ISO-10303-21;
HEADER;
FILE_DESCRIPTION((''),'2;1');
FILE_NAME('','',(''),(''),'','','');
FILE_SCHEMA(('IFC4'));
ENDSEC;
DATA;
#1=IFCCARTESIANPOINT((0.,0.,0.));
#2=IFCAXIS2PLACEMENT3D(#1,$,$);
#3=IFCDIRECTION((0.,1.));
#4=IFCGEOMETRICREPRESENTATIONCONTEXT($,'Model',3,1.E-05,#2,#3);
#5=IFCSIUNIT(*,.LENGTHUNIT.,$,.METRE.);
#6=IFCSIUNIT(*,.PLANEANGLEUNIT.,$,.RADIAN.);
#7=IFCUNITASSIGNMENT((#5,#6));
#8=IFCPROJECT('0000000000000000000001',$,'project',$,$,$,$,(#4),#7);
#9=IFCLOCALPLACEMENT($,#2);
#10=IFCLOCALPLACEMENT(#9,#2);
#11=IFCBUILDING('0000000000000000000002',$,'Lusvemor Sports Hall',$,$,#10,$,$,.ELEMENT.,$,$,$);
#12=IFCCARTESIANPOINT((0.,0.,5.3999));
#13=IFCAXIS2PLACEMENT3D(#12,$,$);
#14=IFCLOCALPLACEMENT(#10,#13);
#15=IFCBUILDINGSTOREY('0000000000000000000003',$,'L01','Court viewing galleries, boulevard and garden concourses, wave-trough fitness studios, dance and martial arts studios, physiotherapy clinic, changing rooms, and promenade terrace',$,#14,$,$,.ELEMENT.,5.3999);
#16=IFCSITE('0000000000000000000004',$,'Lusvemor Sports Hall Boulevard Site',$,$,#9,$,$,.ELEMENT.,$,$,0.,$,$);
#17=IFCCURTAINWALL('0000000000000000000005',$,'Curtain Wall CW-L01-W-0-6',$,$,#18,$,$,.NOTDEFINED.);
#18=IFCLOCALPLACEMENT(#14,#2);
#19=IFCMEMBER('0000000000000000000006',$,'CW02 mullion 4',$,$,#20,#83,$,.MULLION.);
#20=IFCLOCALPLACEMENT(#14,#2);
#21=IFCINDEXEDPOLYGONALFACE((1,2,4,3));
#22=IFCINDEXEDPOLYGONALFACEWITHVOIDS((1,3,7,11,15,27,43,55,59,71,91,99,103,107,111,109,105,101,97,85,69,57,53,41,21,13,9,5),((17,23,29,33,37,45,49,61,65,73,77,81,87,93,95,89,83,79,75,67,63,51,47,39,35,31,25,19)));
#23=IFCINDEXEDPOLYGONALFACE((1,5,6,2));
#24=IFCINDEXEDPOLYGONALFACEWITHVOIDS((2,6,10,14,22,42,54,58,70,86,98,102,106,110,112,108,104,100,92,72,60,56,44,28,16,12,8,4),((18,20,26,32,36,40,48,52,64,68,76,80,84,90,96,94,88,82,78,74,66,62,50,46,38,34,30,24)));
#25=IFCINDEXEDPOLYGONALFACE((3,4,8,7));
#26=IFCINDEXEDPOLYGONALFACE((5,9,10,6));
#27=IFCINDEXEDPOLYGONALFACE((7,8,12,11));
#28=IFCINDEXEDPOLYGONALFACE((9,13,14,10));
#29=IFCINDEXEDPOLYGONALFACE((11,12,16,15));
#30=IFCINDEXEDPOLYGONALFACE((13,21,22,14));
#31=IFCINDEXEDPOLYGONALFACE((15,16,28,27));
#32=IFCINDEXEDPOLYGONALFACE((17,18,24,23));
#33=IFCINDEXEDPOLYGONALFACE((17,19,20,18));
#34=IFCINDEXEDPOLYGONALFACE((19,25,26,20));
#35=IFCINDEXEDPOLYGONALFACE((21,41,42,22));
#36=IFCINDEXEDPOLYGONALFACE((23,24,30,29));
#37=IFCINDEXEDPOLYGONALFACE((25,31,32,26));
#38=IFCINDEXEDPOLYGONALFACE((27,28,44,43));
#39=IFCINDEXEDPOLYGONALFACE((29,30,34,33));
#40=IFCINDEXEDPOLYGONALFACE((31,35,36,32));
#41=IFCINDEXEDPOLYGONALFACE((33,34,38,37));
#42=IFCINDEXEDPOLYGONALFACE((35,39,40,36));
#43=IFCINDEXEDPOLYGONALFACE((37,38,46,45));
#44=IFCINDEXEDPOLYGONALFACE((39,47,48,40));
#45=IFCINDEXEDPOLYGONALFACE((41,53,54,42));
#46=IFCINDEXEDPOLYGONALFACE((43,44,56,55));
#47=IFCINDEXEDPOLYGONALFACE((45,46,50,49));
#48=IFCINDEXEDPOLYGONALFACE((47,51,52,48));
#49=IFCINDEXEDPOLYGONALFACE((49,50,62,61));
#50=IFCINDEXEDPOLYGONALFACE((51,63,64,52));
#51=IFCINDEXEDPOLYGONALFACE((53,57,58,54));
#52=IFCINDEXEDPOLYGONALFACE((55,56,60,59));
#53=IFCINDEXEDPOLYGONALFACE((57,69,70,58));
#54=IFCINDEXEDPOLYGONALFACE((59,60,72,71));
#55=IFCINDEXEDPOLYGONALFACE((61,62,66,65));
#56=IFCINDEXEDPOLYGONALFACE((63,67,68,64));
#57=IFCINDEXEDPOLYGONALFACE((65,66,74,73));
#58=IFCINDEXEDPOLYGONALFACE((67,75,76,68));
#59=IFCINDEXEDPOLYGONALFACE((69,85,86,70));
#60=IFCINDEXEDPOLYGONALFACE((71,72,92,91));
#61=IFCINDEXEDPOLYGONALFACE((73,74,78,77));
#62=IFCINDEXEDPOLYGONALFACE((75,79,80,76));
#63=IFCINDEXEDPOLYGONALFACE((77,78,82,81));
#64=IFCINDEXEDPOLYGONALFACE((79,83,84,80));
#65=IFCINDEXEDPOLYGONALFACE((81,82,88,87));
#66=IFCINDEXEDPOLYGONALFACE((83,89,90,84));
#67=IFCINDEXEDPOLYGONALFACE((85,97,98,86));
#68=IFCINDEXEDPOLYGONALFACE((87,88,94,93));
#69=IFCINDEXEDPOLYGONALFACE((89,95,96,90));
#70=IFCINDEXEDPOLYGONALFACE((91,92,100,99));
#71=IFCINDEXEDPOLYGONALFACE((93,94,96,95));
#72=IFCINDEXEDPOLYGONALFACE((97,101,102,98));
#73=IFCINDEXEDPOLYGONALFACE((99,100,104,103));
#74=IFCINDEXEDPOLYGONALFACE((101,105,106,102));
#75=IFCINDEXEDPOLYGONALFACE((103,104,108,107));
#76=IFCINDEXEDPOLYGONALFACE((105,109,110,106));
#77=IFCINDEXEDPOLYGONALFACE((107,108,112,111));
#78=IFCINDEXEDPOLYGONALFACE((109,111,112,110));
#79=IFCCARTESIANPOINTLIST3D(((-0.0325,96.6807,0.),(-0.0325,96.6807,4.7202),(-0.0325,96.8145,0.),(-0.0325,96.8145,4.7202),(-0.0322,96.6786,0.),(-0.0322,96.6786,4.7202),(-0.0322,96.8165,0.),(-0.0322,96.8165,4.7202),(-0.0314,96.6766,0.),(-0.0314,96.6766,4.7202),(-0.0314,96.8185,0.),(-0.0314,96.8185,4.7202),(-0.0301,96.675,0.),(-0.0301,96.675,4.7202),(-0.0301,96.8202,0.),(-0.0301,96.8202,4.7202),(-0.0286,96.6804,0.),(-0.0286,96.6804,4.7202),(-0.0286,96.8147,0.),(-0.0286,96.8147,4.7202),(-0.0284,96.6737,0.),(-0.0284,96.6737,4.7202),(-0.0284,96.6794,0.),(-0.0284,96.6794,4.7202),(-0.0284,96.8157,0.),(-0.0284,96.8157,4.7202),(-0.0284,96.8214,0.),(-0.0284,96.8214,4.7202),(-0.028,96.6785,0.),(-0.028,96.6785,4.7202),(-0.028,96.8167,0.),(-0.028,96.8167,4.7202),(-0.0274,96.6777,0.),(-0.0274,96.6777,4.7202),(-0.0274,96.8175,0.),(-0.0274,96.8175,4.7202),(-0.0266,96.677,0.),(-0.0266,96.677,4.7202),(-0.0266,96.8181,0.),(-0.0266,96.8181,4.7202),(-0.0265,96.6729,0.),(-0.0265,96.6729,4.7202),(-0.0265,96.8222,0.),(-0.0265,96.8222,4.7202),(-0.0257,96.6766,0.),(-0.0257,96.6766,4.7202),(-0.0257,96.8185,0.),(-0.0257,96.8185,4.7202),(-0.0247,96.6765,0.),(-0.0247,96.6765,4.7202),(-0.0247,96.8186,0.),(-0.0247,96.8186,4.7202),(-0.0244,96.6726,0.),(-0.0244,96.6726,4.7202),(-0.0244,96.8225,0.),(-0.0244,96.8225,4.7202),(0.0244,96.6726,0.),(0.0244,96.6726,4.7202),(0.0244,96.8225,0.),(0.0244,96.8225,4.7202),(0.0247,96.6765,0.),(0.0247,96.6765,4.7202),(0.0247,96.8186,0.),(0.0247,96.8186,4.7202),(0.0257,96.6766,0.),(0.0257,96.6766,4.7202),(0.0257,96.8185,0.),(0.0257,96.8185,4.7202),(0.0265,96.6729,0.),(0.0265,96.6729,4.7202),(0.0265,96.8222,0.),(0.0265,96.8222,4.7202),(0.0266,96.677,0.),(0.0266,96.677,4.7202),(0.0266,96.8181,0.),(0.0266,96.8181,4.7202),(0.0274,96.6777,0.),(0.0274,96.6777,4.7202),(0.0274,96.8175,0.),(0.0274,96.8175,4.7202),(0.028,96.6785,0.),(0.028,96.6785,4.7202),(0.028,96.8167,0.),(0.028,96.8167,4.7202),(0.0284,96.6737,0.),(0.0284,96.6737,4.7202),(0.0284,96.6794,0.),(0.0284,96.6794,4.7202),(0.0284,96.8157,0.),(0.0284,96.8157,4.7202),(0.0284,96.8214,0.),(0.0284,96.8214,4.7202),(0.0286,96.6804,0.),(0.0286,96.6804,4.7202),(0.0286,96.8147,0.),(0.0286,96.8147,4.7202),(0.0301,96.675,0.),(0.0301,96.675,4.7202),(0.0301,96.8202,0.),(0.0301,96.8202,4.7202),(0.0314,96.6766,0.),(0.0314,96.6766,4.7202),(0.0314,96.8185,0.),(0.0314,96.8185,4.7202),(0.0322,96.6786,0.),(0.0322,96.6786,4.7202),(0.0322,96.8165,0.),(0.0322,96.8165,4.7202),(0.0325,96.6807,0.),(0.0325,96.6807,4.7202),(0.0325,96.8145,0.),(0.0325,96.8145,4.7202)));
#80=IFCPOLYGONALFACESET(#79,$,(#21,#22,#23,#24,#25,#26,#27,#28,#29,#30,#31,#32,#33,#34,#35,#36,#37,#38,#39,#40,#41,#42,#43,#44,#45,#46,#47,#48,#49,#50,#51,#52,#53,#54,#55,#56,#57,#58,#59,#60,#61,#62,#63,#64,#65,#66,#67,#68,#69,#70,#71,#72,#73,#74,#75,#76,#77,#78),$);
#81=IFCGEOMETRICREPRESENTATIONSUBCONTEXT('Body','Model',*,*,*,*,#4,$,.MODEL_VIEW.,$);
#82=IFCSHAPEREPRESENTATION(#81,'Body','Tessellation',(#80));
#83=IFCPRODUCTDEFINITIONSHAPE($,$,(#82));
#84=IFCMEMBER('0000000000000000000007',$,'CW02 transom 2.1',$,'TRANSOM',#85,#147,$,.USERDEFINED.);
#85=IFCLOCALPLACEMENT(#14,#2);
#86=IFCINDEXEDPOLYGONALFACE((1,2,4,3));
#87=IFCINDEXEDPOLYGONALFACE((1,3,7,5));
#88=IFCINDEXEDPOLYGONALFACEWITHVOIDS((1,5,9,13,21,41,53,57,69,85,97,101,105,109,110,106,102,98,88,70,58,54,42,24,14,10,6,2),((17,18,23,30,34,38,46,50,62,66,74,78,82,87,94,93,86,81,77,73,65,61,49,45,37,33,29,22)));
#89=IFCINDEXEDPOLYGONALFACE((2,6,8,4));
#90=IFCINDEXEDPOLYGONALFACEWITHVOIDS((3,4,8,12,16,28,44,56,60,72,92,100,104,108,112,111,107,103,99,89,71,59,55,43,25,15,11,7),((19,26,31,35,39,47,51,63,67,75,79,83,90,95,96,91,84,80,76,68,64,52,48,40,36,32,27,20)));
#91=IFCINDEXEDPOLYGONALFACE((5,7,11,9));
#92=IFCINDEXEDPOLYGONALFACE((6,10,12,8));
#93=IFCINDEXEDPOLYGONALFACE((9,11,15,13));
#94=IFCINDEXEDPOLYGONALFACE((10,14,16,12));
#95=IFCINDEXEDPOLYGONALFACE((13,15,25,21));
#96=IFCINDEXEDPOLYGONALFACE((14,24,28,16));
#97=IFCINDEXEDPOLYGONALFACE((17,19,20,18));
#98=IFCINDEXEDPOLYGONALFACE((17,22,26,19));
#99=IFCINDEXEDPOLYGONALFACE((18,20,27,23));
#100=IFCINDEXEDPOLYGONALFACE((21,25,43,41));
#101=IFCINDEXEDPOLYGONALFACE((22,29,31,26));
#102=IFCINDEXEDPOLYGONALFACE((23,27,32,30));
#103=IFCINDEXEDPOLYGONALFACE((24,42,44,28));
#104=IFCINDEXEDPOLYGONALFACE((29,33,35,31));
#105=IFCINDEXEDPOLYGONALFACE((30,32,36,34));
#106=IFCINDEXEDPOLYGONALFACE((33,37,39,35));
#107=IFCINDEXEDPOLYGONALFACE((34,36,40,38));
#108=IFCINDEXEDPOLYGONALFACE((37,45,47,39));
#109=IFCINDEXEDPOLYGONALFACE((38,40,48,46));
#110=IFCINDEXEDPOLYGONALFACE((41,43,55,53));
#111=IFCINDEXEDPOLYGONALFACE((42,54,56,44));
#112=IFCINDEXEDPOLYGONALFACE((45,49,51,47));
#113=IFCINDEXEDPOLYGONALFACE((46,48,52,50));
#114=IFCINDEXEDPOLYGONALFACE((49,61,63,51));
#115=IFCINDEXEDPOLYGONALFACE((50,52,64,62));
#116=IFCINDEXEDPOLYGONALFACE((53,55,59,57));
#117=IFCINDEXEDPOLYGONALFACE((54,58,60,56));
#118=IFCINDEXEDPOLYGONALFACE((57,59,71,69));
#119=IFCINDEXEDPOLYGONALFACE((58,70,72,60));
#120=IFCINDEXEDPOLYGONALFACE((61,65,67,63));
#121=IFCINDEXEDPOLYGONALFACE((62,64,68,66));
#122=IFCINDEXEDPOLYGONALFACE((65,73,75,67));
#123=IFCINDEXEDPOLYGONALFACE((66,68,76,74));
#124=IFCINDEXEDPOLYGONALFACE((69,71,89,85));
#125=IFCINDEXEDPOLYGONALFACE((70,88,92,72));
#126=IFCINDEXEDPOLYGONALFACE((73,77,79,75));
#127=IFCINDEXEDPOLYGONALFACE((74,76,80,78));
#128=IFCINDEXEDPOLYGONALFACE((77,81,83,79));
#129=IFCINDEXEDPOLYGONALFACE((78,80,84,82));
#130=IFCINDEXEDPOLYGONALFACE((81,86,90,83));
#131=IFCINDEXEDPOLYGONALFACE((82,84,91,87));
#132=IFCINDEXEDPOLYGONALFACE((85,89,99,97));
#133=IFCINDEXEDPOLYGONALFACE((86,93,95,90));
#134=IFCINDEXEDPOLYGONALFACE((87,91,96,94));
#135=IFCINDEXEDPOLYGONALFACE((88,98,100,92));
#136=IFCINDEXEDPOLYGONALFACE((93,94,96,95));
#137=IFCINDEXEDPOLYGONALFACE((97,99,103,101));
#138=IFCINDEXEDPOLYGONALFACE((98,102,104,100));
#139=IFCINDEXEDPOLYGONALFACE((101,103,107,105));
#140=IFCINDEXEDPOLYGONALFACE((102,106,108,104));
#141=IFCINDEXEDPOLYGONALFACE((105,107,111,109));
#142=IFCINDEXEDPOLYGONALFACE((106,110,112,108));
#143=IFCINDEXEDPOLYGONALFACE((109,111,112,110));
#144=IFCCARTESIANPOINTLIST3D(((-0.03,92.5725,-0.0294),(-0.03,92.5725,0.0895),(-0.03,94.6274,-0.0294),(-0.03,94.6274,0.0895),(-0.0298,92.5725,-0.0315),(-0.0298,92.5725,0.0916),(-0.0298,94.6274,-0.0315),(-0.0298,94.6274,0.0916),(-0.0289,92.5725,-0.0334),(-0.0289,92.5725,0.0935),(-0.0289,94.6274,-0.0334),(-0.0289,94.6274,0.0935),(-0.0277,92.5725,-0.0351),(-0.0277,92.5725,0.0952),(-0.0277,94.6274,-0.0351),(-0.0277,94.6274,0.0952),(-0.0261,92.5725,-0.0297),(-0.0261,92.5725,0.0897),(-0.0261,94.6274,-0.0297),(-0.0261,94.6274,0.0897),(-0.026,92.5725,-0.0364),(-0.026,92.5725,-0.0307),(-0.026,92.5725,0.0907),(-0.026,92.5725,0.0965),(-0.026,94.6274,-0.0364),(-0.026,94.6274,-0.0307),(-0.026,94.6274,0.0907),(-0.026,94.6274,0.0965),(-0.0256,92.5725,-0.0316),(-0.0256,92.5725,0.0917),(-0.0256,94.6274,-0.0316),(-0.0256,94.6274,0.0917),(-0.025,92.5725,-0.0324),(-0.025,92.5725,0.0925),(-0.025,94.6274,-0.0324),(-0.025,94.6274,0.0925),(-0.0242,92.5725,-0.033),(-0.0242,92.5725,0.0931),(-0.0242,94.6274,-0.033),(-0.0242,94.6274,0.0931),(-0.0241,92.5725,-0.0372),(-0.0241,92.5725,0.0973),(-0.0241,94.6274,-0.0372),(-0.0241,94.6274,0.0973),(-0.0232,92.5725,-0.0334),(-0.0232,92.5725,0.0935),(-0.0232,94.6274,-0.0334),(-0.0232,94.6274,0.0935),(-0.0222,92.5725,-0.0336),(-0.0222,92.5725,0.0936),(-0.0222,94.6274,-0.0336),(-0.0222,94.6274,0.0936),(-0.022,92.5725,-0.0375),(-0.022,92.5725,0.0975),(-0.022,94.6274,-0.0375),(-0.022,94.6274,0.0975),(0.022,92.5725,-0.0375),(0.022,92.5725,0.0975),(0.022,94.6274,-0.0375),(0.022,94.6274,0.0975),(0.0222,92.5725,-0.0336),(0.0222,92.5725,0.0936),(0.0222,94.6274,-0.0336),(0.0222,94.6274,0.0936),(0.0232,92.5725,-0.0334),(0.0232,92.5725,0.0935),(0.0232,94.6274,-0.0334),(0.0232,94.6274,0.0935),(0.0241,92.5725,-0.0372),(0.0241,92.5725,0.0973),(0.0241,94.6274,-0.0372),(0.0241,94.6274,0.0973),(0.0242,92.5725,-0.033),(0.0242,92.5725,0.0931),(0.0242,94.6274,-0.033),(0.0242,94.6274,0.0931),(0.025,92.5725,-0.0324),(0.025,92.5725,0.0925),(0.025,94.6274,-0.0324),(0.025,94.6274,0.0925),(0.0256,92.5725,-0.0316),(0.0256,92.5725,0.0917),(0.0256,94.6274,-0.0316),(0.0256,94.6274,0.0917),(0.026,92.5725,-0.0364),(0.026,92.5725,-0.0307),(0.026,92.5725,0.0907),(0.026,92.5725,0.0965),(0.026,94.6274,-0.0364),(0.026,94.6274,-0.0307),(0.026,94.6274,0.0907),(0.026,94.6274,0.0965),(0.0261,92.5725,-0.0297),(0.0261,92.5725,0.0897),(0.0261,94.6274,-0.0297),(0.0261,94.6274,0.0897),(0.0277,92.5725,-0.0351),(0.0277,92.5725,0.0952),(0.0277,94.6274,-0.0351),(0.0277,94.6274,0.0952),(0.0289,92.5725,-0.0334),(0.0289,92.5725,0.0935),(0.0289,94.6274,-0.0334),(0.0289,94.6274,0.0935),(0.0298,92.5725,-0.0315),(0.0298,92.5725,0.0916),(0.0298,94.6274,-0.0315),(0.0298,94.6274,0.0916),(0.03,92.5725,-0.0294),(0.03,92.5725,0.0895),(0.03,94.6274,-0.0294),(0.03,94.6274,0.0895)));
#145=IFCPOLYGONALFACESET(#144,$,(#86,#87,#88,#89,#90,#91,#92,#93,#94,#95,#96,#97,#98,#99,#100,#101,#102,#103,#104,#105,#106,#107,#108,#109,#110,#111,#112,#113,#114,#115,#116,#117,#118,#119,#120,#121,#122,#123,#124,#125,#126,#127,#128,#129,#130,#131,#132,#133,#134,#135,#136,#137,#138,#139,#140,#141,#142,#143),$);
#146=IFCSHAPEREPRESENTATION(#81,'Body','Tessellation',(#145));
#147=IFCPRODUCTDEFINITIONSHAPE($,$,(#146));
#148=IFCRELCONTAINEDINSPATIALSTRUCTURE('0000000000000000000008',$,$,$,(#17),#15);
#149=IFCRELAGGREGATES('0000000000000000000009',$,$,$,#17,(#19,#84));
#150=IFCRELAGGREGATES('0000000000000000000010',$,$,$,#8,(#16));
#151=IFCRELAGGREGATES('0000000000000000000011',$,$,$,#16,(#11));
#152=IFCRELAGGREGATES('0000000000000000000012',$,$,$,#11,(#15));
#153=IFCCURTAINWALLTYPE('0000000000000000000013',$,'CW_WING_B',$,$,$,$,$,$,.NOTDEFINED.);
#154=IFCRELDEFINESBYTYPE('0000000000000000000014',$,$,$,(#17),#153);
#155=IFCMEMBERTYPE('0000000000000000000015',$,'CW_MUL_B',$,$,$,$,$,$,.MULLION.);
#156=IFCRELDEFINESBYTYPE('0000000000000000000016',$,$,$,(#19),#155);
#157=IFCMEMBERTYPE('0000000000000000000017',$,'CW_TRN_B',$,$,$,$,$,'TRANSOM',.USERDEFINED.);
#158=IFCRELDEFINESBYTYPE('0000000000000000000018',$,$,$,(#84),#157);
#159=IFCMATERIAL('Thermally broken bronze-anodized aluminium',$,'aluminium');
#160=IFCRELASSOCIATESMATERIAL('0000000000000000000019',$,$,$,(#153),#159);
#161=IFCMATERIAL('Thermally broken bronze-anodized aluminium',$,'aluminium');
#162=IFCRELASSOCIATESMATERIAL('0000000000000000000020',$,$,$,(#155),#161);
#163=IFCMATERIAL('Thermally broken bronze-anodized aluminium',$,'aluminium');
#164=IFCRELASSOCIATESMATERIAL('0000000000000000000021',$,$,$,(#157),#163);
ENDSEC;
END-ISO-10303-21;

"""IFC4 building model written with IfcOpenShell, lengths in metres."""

from ifc_helpers import new_model, si_unit, direction, frame, origin, origin_2d, place, context, subcontext, project, spatial, hollow_rectangle, extrude, material, material_profile, profile_set, type_object, element, aggregate, save


model = new_model("IFC4")

# Units and contexts
model_context = context("Model", 3, precision=1e-05, world=origin(), true_north=direction((0.0, 1.0)))
body_context = subcontext(model_context, "Body", "Model", "MODEL_VIEW")
ifc_project = project(units=[si_unit("LENGTHUNIT", "METRE"), si_unit("PLANEANGLEUNIT", "RADIAN")], contexts=[model_context])

# Site, building, storey
site_placement = place(None, origin())
site = spatial("IfcSite", under=ifc_project, at=site_placement, Name="Lusvemor Sports Hall Boulevard Site", CompositionType="ELEMENT", RefElevation=0.0)
building_placement = place(site_placement, origin())
building = spatial("IfcBuilding", under=site, at=building_placement, Name="Lusvemor Sports Hall", CompositionType="ELEMENT")
storey_placement = place(building_placement, frame((0.0, 0.0, 5.3999)))
storey = spatial("IfcBuildingStorey", under=building, at=storey_placement, Name="L01", Description="Court viewing galleries, boulevard and garden concourses, wave-trough fitness studios, dance and martial arts studios, physiotherapy clinic, changing rooms, and promenade terrace", CompositionType="ELEMENT", Elevation=5.3999)

# Curtain wall, members
ifc_material_1 = material(Name="Thermally broken bronze-anodized aluminium", Category="aluminium")
curtain_wall_type = type_object("IfcCurtainWallType", Name="CW_WING_B", PredefinedType="NOTDEFINED", material=ifc_material_1)
curtain_wall_placement = place(storey_placement, origin())
curtain_wall = element("IfcCurtainWall", 1, at=curtain_wall_placement, inside=storey, type_object=curtain_wall_type, Name="Curtain Wall CW-L01-W-0-6", PredefinedType="NOTDEFINED")
ifc_material_2 = material(Name="Thermally broken bronze-anodized aluminium", Category="aluminium")
ifc_material_profile_1 = material_profile(ifc_material_2, hollow_rectangle(XDim=0.0649, YDim=0.1499, WallThickness=0.0039, InnerFilletRadius=0.0039, OuterFilletRadius=0.0081, at=origin_2d()), Name="CWMUL150x65x4")
ifc_profile_set_1 = profile_set([ifc_material_profile_1], Name="Thermally broken bronze-anodized aluminium")
member_type_1 = type_object("IfcMemberType", Name="CW_MUL_B", PredefinedType="MULLION", material=ifc_profile_set_1)
member_1_placement = place(storey_placement, frame((0.0, 96.7476, 0.0), z_axis=(0.0, 0.0, 1.0), x_axis=(-1.0, 0.0, 0.0)))
member_1 = element("IfcMember", 2, at=member_1_placement, type_object=member_type_1, Name="CW02 mullion 4", PredefinedType="MULLION", context=body_context, shape_type="SweptSolid", body=[
    extrude(hollow_rectangle(XDim=0.0649, YDim=0.1499, WallThickness=0.0039, InnerFilletRadius=0.0039, OuterFilletRadius=0.0081, at=origin_2d()), origin(), (0.0, 0.0, 1.0), 4.7202),
])
ifc_material_3 = material(Name="Thermally broken bronze-anodized aluminium", Category="aluminium")
ifc_material_profile_2 = material_profile(ifc_material_3, hollow_rectangle(XDim=0.0601, YDim=0.135, WallThickness=0.0039, InnerFilletRadius=0.0039, OuterFilletRadius=0.0081, at=origin_2d()), Name="CWTRN135x60x4")
ifc_profile_set_2 = profile_set([ifc_material_profile_2], Name="Thermally broken bronze-anodized aluminium")
member_type_2 = type_object("IfcMemberType", Name="CW_TRN_B", ElementType="TRANSOM", PredefinedType="USERDEFINED", material=ifc_profile_set_2)
member_2_placement = place(storey_placement, frame((0.0, 92.5725, 0.03), z_axis=(0.0, 1.0, 0.0), x_axis=(-1.0, 0.0, 0.0)))
member_2 = element("IfcMember", 3, at=member_2_placement, type_object=member_type_2, Name="CW02 transom 2.1", ObjectType="TRANSOM", PredefinedType="USERDEFINED", context=body_context, shape_type="SweptSolid", body=[
    extrude(hollow_rectangle(XDim=0.0601, YDim=0.135, WallThickness=0.0039, InnerFilletRadius=0.0039, OuterFilletRadius=0.0081, at=origin_2d()), origin(), (0.0, 0.0, 1.0), 2.0549),
])

aggregate(curtain_wall, [member_1, member_2])

save(model, "model.ifc")
